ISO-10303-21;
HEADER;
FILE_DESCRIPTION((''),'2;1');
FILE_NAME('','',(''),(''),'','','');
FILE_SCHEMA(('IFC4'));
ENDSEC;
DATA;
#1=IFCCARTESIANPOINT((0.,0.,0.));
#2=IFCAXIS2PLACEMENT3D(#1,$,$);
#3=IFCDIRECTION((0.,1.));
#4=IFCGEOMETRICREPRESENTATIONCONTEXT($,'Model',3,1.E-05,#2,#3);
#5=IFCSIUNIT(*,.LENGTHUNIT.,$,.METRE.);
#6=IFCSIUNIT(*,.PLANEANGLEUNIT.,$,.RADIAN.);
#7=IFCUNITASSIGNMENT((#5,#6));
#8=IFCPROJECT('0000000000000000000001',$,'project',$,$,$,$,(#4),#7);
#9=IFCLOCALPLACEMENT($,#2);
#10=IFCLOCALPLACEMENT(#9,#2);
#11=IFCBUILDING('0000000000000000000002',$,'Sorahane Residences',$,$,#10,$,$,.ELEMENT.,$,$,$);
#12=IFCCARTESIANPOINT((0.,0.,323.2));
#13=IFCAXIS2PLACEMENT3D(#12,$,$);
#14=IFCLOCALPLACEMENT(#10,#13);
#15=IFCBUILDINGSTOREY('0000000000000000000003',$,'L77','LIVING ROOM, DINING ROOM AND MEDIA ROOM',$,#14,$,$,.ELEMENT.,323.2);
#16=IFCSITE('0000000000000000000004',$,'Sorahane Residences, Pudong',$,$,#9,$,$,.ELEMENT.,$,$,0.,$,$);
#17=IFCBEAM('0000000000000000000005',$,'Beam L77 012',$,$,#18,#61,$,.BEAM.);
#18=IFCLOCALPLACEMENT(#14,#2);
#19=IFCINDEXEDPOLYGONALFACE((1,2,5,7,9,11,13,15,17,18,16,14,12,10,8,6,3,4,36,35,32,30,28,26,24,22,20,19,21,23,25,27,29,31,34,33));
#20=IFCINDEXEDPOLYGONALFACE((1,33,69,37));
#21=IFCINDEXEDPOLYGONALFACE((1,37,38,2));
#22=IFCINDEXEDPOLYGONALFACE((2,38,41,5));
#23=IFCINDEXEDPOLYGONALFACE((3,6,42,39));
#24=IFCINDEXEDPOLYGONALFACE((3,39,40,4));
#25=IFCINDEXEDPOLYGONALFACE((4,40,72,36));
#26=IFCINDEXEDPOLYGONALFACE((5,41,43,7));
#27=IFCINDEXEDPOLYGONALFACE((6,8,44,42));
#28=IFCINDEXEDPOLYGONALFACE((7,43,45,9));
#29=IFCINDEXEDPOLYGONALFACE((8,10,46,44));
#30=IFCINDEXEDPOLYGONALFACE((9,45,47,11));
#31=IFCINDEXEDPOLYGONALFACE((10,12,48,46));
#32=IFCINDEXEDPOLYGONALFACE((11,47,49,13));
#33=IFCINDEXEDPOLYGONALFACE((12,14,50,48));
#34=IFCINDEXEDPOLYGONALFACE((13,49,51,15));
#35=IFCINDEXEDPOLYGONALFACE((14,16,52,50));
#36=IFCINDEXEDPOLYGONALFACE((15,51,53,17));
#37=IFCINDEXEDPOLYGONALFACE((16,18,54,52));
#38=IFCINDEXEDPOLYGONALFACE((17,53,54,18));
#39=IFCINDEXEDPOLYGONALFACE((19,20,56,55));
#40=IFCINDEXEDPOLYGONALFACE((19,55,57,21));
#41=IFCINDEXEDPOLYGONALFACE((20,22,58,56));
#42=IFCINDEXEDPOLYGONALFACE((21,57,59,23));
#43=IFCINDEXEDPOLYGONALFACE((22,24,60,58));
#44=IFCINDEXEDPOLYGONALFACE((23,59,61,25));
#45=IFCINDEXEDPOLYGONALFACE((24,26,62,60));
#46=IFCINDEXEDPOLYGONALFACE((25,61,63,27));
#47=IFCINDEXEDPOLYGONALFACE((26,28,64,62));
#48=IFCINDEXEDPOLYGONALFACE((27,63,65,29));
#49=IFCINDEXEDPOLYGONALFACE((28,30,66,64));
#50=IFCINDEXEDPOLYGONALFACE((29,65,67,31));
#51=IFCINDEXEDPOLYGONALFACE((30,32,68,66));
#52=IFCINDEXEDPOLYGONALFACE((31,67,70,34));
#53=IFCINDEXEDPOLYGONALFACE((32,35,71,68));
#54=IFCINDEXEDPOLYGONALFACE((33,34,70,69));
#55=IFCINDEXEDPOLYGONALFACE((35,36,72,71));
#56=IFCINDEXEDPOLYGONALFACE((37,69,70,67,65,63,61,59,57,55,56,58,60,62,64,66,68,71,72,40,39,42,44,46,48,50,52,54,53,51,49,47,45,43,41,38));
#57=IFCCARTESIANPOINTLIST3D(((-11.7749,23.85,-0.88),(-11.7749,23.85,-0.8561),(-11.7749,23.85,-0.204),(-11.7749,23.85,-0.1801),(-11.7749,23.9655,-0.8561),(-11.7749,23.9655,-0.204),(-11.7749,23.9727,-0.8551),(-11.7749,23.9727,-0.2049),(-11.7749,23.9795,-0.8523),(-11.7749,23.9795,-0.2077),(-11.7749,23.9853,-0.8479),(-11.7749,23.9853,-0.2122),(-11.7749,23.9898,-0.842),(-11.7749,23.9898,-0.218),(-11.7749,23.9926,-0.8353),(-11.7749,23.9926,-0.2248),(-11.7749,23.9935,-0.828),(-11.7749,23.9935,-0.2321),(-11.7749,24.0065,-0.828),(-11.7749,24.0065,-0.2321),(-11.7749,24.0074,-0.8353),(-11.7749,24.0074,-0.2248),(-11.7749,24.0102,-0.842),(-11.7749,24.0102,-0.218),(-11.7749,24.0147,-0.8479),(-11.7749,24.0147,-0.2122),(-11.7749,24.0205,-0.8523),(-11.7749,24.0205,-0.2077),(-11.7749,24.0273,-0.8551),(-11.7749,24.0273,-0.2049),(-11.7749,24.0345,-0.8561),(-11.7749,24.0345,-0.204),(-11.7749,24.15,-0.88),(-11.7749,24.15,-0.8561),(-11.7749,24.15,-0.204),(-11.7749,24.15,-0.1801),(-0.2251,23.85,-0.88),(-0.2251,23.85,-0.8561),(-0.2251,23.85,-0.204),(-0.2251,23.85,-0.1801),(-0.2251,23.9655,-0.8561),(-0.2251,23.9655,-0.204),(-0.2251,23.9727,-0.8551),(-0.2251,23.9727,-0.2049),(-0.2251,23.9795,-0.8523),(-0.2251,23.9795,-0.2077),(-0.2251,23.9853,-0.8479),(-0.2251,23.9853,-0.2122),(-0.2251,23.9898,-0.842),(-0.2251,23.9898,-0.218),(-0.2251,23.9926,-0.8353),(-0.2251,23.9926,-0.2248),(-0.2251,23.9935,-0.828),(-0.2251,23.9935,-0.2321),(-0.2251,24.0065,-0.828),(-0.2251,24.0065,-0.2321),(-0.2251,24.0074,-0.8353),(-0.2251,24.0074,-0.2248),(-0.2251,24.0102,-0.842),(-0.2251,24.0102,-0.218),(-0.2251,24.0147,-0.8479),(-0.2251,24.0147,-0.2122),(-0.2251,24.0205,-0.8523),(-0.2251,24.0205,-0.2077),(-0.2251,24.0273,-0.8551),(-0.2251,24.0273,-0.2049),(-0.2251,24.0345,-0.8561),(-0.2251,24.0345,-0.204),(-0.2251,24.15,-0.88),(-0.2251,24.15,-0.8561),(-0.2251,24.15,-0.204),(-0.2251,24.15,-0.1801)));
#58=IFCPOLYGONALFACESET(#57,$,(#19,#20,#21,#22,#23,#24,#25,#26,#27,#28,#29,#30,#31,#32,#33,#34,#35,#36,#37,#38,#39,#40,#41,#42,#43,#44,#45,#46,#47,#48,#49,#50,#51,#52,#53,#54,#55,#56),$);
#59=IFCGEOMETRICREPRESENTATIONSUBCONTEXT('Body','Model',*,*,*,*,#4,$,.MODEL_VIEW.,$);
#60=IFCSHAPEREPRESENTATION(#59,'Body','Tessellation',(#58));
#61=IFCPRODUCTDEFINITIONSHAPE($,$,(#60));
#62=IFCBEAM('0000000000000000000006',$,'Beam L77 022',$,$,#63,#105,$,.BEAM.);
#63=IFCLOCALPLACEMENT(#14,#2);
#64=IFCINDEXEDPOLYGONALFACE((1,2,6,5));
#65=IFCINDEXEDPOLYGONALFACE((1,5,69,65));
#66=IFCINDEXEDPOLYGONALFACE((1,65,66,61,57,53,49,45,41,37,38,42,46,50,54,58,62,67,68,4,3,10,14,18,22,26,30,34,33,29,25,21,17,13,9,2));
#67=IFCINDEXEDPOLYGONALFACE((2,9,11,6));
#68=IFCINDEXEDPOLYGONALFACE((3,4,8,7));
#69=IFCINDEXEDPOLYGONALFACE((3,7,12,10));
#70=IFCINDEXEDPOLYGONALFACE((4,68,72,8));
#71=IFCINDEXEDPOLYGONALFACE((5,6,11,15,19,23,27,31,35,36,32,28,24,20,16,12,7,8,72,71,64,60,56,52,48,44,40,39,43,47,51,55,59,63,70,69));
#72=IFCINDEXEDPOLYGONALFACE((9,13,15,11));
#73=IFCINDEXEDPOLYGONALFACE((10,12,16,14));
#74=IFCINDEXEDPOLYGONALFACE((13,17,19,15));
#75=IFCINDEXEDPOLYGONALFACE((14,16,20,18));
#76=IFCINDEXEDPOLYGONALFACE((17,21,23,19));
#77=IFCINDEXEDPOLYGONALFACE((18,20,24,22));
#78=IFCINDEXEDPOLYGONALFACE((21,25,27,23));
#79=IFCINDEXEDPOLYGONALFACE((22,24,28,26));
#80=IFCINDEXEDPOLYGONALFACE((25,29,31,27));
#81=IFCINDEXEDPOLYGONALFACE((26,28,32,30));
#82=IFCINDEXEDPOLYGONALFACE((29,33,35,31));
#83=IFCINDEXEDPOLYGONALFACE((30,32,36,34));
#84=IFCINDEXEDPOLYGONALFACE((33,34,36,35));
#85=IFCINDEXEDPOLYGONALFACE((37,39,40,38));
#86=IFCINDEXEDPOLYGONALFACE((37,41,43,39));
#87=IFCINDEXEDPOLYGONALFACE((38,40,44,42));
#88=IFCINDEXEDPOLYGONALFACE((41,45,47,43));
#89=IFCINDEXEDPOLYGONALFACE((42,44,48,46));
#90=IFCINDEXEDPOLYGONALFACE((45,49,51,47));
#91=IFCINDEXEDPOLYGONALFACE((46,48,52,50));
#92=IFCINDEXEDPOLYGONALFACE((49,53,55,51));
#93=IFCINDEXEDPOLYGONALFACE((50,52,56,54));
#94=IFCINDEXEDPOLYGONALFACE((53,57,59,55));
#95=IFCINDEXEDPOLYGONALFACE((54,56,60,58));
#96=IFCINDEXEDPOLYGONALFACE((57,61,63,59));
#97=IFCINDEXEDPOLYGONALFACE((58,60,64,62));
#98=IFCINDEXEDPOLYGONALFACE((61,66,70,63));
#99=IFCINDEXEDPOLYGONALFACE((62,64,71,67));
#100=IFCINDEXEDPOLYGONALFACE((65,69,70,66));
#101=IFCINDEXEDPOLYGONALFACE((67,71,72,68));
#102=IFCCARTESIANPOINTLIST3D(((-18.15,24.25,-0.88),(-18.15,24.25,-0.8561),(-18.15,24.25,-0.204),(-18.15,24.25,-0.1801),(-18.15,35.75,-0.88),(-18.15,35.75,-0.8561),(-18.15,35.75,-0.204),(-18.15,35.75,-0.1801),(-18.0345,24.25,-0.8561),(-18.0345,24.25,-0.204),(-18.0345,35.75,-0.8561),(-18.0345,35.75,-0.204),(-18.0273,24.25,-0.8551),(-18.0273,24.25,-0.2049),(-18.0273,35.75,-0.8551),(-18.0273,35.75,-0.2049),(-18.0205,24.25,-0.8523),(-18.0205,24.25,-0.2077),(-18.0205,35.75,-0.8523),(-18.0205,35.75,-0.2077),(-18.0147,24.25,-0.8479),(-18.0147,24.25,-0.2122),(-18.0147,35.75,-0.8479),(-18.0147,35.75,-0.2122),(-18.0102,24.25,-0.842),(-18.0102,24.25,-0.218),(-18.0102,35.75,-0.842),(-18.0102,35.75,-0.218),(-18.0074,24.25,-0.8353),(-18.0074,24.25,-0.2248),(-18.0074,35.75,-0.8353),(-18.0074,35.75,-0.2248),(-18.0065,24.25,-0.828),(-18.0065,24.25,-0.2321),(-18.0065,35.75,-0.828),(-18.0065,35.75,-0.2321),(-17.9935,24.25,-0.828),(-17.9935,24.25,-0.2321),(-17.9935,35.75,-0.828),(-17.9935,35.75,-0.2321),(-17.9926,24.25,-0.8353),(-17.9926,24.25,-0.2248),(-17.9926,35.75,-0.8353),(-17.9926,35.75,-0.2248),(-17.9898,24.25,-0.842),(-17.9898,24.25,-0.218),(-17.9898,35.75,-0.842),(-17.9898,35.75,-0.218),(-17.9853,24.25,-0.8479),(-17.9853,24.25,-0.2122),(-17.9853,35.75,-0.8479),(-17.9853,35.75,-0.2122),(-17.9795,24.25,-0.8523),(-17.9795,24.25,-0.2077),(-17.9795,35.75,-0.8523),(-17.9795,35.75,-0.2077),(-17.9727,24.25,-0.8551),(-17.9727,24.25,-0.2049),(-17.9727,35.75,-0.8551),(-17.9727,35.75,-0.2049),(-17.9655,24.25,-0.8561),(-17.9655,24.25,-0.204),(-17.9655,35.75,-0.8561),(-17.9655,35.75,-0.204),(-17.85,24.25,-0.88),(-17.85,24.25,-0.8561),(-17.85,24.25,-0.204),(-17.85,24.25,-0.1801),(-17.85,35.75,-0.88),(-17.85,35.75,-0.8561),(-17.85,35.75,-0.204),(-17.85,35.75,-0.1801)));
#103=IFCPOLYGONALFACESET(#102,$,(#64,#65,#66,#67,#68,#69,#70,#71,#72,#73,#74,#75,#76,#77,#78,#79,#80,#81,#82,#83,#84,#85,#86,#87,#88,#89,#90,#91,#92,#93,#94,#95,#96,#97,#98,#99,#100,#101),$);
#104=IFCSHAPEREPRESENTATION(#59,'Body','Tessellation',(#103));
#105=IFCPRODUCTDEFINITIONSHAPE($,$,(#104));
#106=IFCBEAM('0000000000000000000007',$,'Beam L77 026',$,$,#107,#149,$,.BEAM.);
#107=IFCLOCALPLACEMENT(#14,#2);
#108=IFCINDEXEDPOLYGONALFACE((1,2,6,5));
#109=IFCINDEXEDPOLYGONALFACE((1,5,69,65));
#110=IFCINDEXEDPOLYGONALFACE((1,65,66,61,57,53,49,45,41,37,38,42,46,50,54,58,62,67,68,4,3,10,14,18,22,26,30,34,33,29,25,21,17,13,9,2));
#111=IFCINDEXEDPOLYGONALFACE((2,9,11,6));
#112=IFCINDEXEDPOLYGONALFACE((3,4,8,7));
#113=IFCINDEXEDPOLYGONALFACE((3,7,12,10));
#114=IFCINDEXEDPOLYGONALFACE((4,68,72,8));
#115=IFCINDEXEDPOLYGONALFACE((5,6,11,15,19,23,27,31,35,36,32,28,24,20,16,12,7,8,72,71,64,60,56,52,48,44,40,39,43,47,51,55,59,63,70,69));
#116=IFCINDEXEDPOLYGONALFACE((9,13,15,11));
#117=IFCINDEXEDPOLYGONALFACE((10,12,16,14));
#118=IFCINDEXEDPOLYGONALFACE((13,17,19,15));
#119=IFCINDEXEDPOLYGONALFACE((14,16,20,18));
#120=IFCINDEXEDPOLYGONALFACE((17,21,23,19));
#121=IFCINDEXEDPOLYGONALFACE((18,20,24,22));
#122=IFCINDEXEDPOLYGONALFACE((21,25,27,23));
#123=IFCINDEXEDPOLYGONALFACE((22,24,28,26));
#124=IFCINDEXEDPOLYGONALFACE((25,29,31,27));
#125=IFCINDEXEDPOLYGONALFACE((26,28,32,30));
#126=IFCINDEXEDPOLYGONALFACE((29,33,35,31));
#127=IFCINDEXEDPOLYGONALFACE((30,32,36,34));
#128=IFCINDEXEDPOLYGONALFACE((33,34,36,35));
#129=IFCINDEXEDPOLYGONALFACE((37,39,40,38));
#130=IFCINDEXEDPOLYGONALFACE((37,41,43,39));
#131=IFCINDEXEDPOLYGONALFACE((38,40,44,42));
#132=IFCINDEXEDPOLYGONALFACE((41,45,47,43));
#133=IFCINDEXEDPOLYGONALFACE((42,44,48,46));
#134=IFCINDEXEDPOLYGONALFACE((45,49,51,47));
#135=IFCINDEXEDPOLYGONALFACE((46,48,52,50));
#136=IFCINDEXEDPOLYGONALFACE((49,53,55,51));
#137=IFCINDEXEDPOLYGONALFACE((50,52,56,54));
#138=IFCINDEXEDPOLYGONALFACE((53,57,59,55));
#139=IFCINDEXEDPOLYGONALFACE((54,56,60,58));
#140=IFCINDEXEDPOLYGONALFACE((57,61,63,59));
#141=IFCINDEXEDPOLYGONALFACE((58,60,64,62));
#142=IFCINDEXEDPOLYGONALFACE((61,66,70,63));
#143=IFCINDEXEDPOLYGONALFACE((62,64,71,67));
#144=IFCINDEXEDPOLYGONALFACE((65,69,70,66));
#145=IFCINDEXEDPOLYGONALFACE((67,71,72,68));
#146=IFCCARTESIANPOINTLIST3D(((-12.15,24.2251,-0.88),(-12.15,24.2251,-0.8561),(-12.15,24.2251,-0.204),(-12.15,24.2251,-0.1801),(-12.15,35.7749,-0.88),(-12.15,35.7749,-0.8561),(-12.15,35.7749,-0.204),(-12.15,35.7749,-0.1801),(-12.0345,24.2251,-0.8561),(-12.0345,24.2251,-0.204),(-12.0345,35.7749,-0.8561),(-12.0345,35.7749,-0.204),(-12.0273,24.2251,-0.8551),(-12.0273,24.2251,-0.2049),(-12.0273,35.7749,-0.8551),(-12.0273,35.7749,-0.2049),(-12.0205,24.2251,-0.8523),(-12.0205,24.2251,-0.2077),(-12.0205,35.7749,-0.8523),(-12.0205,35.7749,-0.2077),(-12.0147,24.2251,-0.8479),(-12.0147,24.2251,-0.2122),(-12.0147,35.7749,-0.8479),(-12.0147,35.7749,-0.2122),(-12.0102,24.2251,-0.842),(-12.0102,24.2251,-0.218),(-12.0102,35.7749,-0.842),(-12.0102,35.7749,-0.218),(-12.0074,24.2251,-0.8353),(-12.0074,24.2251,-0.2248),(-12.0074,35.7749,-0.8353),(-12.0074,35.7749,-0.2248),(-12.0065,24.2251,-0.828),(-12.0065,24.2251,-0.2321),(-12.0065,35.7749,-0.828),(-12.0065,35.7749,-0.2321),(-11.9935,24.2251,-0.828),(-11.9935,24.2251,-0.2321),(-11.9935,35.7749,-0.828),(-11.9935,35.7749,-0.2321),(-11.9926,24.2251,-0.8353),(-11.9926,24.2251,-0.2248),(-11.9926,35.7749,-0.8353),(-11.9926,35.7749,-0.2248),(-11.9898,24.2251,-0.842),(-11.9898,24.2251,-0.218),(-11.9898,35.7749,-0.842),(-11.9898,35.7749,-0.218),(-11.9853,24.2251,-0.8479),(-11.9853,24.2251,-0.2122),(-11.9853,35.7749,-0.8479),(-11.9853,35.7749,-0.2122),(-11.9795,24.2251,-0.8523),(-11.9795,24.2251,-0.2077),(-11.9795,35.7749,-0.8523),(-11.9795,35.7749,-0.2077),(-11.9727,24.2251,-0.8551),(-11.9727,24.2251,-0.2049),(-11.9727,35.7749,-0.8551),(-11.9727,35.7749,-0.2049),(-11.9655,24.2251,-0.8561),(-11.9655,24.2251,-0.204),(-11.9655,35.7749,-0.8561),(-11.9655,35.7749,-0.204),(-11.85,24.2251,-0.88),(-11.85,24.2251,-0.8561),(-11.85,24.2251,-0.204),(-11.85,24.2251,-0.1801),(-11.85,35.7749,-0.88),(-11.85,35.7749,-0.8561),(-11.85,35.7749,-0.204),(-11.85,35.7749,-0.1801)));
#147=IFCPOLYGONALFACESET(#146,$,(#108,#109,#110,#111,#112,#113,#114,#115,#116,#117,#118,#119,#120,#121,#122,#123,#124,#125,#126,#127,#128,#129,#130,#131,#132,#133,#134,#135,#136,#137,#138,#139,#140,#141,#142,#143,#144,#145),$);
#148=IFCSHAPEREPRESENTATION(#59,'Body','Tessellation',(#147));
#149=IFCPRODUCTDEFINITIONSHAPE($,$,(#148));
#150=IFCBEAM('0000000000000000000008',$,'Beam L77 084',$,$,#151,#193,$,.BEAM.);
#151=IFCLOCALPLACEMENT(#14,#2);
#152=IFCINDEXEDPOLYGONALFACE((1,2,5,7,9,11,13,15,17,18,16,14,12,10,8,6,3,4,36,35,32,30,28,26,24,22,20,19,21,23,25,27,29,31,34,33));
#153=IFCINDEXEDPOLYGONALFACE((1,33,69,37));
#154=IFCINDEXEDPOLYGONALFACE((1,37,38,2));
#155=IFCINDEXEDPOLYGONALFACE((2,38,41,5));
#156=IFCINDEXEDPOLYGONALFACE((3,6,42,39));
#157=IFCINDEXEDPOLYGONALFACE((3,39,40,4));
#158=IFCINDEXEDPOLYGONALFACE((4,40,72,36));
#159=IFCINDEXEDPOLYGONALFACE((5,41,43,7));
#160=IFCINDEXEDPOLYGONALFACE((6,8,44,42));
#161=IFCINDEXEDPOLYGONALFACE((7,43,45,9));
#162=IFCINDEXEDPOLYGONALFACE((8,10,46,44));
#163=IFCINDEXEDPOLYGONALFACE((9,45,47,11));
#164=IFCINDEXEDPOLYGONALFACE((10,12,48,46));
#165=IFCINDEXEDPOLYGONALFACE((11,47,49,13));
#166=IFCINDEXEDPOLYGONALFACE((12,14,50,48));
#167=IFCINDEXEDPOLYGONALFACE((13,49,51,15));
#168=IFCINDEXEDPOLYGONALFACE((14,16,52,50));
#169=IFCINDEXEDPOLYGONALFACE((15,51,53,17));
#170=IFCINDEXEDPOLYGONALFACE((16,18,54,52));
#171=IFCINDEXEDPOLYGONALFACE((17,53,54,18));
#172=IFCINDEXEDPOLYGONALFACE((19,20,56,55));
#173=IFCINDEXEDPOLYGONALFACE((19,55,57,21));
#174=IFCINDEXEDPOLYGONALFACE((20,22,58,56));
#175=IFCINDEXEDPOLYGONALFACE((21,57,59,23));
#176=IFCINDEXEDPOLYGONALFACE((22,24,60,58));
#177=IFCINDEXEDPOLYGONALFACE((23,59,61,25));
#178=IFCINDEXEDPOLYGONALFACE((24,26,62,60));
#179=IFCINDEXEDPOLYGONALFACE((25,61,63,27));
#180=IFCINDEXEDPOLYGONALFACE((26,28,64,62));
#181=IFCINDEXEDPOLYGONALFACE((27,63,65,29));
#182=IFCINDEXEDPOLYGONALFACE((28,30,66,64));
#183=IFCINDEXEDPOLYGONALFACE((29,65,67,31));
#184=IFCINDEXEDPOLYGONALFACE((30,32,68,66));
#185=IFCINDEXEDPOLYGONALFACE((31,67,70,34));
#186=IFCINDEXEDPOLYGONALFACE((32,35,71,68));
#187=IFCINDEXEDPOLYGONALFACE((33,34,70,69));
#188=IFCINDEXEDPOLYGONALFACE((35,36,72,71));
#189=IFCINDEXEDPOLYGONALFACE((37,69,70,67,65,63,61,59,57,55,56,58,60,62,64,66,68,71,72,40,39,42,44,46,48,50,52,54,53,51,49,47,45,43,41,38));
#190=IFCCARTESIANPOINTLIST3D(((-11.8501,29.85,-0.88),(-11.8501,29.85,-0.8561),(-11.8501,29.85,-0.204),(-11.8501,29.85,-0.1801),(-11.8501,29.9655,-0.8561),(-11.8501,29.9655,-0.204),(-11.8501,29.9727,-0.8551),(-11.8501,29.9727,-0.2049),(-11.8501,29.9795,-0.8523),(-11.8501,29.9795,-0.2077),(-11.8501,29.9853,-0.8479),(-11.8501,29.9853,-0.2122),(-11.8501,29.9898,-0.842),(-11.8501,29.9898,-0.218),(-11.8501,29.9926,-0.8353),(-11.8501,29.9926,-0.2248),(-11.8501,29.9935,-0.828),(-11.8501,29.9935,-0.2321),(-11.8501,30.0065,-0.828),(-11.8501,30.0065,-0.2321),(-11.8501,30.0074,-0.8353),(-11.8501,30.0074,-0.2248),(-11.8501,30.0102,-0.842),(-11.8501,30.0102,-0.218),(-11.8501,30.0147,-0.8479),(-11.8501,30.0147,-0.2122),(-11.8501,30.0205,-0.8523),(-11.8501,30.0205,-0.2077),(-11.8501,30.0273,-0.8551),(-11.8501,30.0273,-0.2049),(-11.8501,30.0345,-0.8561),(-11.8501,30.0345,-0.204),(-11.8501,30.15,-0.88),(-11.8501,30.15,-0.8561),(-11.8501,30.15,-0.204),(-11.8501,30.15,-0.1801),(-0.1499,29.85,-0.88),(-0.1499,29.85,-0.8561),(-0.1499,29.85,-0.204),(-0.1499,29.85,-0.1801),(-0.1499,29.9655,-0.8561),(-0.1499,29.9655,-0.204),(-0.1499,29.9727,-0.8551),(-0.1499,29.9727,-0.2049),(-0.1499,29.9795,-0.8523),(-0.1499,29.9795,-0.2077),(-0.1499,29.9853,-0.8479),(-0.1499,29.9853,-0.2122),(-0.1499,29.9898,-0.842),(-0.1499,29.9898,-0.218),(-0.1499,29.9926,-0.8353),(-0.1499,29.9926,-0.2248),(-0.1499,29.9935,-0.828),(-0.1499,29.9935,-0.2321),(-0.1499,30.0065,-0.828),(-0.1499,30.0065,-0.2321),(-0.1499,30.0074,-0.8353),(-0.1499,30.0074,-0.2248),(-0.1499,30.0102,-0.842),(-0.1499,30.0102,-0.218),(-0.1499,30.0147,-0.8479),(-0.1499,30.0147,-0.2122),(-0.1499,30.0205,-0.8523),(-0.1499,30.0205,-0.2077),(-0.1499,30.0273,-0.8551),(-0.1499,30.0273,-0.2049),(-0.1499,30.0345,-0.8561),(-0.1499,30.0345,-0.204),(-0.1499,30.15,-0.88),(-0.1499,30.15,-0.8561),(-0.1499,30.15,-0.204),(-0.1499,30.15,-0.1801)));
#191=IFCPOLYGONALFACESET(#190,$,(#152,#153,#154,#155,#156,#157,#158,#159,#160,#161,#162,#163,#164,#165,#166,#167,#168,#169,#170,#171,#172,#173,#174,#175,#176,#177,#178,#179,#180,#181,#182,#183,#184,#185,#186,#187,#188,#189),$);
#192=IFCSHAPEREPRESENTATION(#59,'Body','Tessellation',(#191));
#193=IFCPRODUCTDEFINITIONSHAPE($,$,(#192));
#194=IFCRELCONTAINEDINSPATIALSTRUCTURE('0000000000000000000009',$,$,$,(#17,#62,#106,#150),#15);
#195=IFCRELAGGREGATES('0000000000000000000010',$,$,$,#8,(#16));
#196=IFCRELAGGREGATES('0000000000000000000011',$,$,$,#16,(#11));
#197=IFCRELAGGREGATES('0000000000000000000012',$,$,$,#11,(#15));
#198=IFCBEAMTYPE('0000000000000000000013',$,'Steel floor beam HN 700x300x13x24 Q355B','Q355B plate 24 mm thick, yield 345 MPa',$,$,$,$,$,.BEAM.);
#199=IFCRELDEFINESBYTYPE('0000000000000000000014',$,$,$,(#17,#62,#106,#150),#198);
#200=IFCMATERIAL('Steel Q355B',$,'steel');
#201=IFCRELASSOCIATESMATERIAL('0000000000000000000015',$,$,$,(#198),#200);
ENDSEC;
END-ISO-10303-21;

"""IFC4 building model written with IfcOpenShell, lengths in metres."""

from ifc_helpers import new_model, si_unit, direction, frame, origin, origin_2d, place, context, subcontext, project, spatial, i_section, extrude, material, material_profile, profile_set, type_object, element, save


model = new_model("IFC4")

# Units and contexts
model_context = context("Model", 3, precision=1e-05, world=origin(), true_north=direction((0.0, 1.0)))
body_context = subcontext(model_context, "Body", "Model", "MODEL_VIEW")
ifc_project = project(units=[si_unit("LENGTHUNIT", "METRE"), si_unit("PLANEANGLEUNIT", "RADIAN")], contexts=[model_context])

# Site, building, storey
site_placement = place(None, origin())
site = spatial("IfcSite", under=ifc_project, at=site_placement, Name="Sorahane Residences, Pudong", CompositionType="ELEMENT", RefElevation=0.0)
building_placement = place(site_placement, origin())
building = spatial("IfcBuilding", under=site, at=building_placement, Name="Sorahane Residences", CompositionType="ELEMENT")
storey_placement = place(building_placement, frame((0.0, 0.0, 323.2)))
storey = spatial("IfcBuildingStorey", under=building, at=storey_placement, Name="L77", Description="LIVING ROOM, DINING ROOM AND MEDIA ROOM", CompositionType="ELEMENT", Elevation=323.2)

# Beams
ifc_material_1 = material(Name="Steel Q355B", Category="steel")
ifc_material_profile_1 = material_profile(ifc_material_1, i_section(OverallWidth=0.3, OverallDepth=0.7, WebThickness=0.0129, FlangeThickness=0.0239, FilletRadius=0.0281, at=origin_2d()), Name="HN 700x300x13x24")
ifc_profile_set_1 = profile_set([ifc_material_profile_1], Name="Steel Q355B")
beam_type_1 = type_object("IfcBeamType", Name="Steel floor beam HN 700x300x13x24 Q355B", Description="Q355B plate 24 mm thick, yield 345 MPa", PredefinedType="BEAM", material=ifc_profile_set_1)
beam_1_placement = place(storey_placement, frame((-11.7749, 24.0, -0.53), z_axis=(1.0, 0.0, 0.0), x_axis=(0.0, 1.0, 0.0)))
element("IfcBeam", 1, at=beam_1_placement, inside=storey, type_object=beam_type_1, Name="Beam L77 012", PredefinedType="BEAM", context=body_context, shape_type="SweptSolid", body=[
    extrude(i_section(OverallWidth=0.3, OverallDepth=0.7, WebThickness=0.0129, FlangeThickness=0.0239, FilletRadius=0.0281, at=origin_2d()), origin(), (0.0, 0.0, 1.0), 11.5498),
])
beam_2_placement = place(storey_placement, frame((-18.0, 24.25, -0.53), z_axis=(0.0, 1.0, 0.0), x_axis=(-1.0, 0.0, 0.0)))
element("IfcBeam", 2, at=beam_2_placement, inside=storey, type_object=beam_type_1, Name="Beam L77 022", PredefinedType="BEAM", context=body_context, shape_type="SweptSolid", body=[
    extrude(i_section(OverallWidth=0.3, OverallDepth=0.7, WebThickness=0.0129, FlangeThickness=0.0239, FilletRadius=0.0281, at=origin_2d()), origin(), (0.0, 0.0, 1.0), 11.5),
])
beam_3_placement = place(storey_placement, frame((-12.0, 24.2251, -0.53), z_axis=(0.0, 1.0, 0.0), x_axis=(-1.0, 0.0, 0.0)))
element("IfcBeam", 3, at=beam_3_placement, inside=storey, type_object=beam_type_1, Name="Beam L77 026", PredefinedType="BEAM", context=body_context, shape_type="SweptSolid", body=[
    extrude(i_section(OverallWidth=0.3, OverallDepth=0.7, WebThickness=0.0129, FlangeThickness=0.0239, FilletRadius=0.0281, at=origin_2d()), origin(), (0.0, 0.0, 1.0), 11.5498),
])
beam_4_placement = place(storey_placement, frame((-11.8501, 30.0, -0.53), z_axis=(1.0, 0.0, 0.0), x_axis=(0.0, 1.0, 0.0)))
element("IfcBeam", 4, at=beam_4_placement, inside=storey, type_object=beam_type_1, Name="Beam L77 084", PredefinedType="BEAM", context=body_context, shape_type="SweptSolid", body=[
    extrude(i_section(OverallWidth=0.3, OverallDepth=0.7, WebThickness=0.0129, FlangeThickness=0.0239, FilletRadius=0.0281, at=origin_2d()), origin(), (0.0, 0.0, 1.0), 11.7002),
])

save(model, "model.ifc")
